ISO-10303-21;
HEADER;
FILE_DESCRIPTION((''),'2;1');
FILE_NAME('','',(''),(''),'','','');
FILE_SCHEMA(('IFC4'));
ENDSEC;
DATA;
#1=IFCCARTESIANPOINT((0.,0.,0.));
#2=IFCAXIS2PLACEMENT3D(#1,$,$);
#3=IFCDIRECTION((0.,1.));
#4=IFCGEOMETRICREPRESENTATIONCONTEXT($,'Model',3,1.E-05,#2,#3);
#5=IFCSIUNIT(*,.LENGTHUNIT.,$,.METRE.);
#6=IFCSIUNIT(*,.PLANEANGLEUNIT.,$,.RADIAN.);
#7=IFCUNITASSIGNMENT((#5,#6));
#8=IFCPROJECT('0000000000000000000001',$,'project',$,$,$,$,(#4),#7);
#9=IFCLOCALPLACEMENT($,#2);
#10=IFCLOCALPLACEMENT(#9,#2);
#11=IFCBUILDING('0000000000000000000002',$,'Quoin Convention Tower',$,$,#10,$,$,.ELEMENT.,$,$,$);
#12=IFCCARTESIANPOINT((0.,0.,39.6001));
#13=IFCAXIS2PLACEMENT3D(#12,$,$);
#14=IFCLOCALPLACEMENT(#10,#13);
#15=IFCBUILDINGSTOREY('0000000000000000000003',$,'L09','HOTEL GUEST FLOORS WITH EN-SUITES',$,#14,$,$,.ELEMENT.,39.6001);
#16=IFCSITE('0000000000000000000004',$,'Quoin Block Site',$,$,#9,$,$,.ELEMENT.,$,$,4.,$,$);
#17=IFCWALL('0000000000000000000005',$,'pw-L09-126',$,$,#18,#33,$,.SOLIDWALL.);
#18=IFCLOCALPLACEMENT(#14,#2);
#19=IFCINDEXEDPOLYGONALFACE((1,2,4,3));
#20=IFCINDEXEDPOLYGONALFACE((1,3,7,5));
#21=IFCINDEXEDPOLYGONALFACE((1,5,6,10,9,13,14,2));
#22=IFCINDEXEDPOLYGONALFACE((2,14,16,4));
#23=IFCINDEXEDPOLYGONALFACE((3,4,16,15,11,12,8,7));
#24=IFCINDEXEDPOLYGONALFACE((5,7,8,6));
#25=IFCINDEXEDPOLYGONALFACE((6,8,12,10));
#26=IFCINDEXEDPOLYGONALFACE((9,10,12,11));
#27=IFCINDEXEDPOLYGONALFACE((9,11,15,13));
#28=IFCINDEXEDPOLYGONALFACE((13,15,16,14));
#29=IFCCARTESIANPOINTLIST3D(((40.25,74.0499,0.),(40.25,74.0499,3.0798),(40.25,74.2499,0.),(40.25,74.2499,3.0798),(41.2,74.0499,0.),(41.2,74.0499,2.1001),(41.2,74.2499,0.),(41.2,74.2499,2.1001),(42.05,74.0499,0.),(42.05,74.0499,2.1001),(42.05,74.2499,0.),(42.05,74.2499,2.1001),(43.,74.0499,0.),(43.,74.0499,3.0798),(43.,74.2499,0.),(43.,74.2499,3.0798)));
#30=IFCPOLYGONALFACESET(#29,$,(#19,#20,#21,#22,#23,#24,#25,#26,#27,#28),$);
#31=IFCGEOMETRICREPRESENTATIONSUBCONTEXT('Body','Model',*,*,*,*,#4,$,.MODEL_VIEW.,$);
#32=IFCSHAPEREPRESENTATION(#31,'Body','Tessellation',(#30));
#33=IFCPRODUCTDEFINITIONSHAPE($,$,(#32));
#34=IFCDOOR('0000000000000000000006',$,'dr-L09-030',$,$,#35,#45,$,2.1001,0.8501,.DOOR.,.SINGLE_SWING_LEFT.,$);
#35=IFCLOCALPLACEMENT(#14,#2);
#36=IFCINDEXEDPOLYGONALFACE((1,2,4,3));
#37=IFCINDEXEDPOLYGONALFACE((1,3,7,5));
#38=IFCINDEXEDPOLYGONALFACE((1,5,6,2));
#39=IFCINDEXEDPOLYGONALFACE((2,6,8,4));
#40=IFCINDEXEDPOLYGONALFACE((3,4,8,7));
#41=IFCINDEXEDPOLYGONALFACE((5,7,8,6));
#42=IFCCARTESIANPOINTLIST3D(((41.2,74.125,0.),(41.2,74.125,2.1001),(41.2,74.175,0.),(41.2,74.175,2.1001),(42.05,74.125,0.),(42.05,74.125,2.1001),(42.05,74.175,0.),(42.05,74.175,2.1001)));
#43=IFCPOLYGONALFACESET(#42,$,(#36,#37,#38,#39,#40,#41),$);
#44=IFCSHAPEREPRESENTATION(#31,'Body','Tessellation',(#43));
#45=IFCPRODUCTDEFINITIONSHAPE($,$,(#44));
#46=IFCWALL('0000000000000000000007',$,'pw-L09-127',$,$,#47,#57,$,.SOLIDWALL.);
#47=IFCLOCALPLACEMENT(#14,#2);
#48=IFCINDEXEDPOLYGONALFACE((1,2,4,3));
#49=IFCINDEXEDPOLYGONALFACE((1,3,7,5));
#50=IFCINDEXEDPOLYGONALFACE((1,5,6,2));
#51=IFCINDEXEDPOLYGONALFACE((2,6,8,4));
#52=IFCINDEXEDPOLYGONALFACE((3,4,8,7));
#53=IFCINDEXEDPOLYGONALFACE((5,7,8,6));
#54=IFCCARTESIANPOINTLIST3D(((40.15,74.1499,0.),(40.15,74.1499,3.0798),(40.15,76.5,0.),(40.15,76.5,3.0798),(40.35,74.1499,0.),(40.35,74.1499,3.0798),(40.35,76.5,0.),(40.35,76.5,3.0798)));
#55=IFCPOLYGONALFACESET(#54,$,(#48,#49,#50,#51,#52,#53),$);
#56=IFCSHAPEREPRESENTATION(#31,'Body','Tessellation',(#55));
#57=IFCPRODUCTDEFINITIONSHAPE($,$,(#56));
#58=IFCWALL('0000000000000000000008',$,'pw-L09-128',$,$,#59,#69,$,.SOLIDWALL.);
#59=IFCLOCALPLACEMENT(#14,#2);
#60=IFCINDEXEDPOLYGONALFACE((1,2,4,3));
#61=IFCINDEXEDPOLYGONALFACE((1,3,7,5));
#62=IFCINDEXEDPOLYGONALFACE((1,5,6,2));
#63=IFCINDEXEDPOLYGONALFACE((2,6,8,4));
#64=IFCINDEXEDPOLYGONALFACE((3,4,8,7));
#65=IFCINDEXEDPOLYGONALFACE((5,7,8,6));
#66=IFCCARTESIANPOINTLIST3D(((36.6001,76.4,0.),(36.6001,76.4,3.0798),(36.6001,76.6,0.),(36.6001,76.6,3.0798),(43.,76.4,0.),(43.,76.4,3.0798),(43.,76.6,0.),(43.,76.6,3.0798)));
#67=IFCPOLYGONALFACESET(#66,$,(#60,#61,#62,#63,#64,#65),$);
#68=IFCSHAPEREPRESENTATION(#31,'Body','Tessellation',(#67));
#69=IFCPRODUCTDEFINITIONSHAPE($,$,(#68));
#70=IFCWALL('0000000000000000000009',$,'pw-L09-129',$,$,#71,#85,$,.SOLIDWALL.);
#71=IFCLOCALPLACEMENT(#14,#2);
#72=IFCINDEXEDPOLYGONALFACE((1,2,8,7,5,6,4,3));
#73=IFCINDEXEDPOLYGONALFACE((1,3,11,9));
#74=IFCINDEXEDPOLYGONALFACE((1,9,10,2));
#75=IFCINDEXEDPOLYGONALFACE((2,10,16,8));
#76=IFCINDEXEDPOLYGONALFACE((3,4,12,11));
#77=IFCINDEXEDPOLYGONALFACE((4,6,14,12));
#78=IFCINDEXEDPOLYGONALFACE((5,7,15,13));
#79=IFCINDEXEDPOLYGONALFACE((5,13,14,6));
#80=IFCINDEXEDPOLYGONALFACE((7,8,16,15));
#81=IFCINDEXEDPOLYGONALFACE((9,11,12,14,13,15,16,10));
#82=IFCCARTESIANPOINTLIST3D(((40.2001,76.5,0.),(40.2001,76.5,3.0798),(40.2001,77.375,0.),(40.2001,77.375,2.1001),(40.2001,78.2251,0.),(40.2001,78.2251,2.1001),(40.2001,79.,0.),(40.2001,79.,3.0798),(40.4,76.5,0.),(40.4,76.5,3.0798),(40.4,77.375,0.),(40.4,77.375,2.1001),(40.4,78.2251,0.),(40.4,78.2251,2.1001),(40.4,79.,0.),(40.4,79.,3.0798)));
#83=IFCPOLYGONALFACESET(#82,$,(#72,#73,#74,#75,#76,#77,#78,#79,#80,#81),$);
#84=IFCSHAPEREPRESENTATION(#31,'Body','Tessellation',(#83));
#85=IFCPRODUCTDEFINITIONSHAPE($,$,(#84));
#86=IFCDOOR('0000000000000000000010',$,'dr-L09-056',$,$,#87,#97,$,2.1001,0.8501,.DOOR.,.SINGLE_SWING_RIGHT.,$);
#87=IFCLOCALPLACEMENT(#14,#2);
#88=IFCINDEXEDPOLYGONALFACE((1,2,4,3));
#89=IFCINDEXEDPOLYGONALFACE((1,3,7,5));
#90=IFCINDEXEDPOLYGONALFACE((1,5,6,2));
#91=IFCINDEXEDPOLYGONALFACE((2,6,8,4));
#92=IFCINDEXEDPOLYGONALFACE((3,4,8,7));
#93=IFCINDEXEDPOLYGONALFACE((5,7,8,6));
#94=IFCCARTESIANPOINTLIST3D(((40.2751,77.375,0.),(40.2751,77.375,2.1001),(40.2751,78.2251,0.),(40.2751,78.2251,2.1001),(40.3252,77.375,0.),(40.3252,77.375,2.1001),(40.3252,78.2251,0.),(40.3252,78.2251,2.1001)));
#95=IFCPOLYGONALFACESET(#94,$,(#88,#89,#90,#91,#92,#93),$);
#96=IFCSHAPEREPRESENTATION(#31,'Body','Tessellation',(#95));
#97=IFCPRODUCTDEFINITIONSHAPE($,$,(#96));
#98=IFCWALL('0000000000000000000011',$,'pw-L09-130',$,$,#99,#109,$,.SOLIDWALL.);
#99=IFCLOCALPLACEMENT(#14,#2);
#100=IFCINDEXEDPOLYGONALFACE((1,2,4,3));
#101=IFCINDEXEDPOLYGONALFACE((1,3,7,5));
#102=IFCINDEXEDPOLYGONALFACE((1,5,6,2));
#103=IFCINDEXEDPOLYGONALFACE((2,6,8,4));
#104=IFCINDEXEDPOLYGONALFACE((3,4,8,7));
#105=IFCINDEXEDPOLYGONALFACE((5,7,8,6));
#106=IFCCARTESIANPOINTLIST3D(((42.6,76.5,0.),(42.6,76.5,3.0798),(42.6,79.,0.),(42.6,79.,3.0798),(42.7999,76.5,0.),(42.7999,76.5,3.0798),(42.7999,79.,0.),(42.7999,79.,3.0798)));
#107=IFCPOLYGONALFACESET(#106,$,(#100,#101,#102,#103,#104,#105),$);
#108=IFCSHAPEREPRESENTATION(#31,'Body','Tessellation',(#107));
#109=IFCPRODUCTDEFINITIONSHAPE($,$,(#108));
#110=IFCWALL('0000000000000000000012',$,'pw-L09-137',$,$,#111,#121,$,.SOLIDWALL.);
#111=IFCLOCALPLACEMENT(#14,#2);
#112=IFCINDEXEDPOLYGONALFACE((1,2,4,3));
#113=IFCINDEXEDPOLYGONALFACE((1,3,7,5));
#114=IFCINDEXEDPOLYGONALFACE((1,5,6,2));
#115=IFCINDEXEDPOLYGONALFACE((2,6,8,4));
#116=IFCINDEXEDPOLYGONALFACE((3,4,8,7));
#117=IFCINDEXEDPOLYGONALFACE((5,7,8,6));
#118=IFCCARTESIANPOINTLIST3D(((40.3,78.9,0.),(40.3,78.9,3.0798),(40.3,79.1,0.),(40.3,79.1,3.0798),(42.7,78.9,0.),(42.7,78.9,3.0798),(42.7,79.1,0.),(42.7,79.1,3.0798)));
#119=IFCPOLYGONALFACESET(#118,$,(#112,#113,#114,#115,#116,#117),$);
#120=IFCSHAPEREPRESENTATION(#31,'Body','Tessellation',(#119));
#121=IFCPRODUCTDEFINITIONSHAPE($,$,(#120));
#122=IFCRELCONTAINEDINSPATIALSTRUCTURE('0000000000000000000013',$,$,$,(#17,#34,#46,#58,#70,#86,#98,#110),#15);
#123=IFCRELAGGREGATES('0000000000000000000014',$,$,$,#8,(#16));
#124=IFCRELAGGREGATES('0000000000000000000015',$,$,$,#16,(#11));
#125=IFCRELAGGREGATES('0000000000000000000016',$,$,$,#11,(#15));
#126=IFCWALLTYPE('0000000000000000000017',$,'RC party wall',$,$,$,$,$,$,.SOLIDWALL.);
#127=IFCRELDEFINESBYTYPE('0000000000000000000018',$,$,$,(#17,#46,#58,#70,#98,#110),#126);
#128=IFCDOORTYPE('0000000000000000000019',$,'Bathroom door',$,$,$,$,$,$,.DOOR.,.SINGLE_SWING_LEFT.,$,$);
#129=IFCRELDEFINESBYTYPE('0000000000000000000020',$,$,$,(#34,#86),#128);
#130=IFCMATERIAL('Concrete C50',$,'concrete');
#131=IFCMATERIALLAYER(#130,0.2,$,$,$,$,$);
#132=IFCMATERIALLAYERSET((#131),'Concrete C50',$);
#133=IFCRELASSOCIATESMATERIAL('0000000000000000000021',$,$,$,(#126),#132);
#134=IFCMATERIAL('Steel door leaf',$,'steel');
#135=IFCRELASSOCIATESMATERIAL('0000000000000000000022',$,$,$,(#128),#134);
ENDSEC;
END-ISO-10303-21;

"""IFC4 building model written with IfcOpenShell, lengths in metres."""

from ifc_helpers import new_model, si_unit, direction, frame, frame_2d, origin, place, context, subcontext, project, spatial, rectangle, extrude, material, layer, layer_set, type_object, element, fill, save


model = new_model("IFC4")

# Units and contexts
model_context = context("Model", 3, precision=1e-05, world=origin(), true_north=direction((0.0, 1.0)))
body_context = subcontext(model_context, "Body", "Model", "MODEL_VIEW")
ifc_project = project(units=[si_unit("LENGTHUNIT", "METRE"), si_unit("PLANEANGLEUNIT", "RADIAN")], contexts=[model_context])

# Site, building, storey
site_placement = place(None, origin())
site = spatial("IfcSite", under=ifc_project, at=site_placement, Name="Quoin Block Site", CompositionType="ELEMENT", RefElevation=4.0)
building_placement = place(site_placement, origin())
building = spatial("IfcBuilding", under=site, at=building_placement, Name="Quoin Convention Tower", CompositionType="ELEMENT")
storey_placement = place(building_placement, frame((0.0, 0.0, 39.6001)))
storey = spatial("IfcBuildingStorey", under=building, at=storey_placement, Name="L09", Description="HOTEL GUEST FLOORS WITH EN-SUITES", CompositionType="ELEMENT", Elevation=39.6001)

# Wall, opening, door
ifc_material_1 = material(Name="Concrete C50", Category="concrete")
ifc_layer_1 = layer(ifc_material_1, 0.2)
ifc_layer_set_1 = layer_set([ifc_layer_1], Name="Concrete C50")
wall_type_1 = type_object("IfcWallType", Name="RC party wall", PredefinedType="SOLIDWALL", material=ifc_layer_set_1)
wall_1_placement = place(storey_placement, frame((40.25, 74.1499, 0.0), z_axis=(0.0, 0.0, 1.0), x_axis=(1.0, 0.0, 0.0)))
wall_1 = element("IfcWall", 1, at=wall_1_placement, inside=storey, type_object=wall_type_1, Name="pw-L09-126", PredefinedType="SOLIDWALL", context=body_context, shape_type="SweptSolid", body=[
    extrude(rectangle(XDim=2.75, YDim=0.2, at=frame_2d((1.375, 0.0))), origin(), (0.0, 0.0, 1.0), 3.0798),
])
opening_1_placement = place(wall_1_placement, frame((0.95, 0.0, 0.0)))
opening_1 = element("IfcOpeningElement", 2, at=opening_1_placement, cuts=wall_1, PredefinedType="OPENING", context=body_context, shape_type="SweptSolid", body=[
    extrude(rectangle(XDim=0.8501, YDim=2.1001, at=frame_2d((0.425, 1.05))), frame((0.0, 0.1099, 0.0), z_axis=(0.0, -1.0, 0.0), x_axis=(1.0, 0.0, 0.0)), (0.0, 0.0, 1.0), 0.22),
])
ifc_material_2 = material(Name="Steel door leaf", Category="steel")
door_type = type_object("IfcDoorType", Name="Bathroom door", OperationType="SINGLE_SWING_LEFT", PredefinedType="DOOR", material=ifc_material_2)
door_1_placement = place(opening_1_placement, frame((0.8501, 0.0, 0.0), z_axis=(0.0, 0.0, 1.0), x_axis=(-1.0, 0.0, 0.0)))
door_1 = element("IfcDoor", 3, at=door_1_placement, inside=storey, type_object=door_type, Name="dr-L09-030", OperationType="SINGLE_SWING_LEFT", OverallHeight=2.1001, OverallWidth=0.8501, PredefinedType="DOOR", context=body_context, shape_type="SweptSolid", body=[
    extrude(rectangle(XDim=0.8501, YDim=2.1001, at=frame_2d((0.425, 1.05))), frame((0.0, 0.0249, 0.0), z_axis=(0.0, -1.0, 0.0), x_axis=(1.0, 0.0, 0.0)), (0.0, 0.0, 1.0), 0.05),
])
fill(opening_1, door_1)

# Walls
wall_2_placement = place(storey_placement, frame((40.25, 74.1499, 0.0), z_axis=(0.0, 0.0, 1.0), x_axis=(0.0, 1.0, 0.0)))
element("IfcWall", 4, at=wall_2_placement, inside=storey, type_object=wall_type_1, Name="pw-L09-127", PredefinedType="SOLIDWALL", context=body_context, shape_type="SweptSolid", body=[
    extrude(rectangle(XDim=2.3501, YDim=0.2, at=frame_2d((1.175, 0.0))), origin(), (0.0, 0.0, 1.0), 3.0798),
])
wall_3_placement = place(storey_placement, frame((36.6001, 76.5, 0.0), z_axis=(0.0, 0.0, 1.0), x_axis=(1.0, 0.0, 0.0)))
element("IfcWall", 5, at=wall_3_placement, inside=storey, type_object=wall_type_1, Name="pw-L09-128", PredefinedType="SOLIDWALL", context=body_context, shape_type="SweptSolid", body=[
    extrude(rectangle(XDim=6.3999, YDim=0.2, at=frame_2d((3.2, 0.0))), origin(), (0.0, 0.0, 1.0), 3.0798),
])

# Wall, opening, door
wall_4_placement = place(storey_placement, frame((40.3, 76.5, 0.0), z_axis=(0.0, 0.0, 1.0), x_axis=(0.0, 1.0, 0.0)))
wall_4 = element("IfcWall", 6, at=wall_4_placement, inside=storey, type_object=wall_type_1, Name="pw-L09-129", PredefinedType="SOLIDWALL", context=body_context, shape_type="SweptSolid", body=[
    extrude(rectangle(XDim=2.5, YDim=0.2, at=frame_2d((1.25, 0.0))), origin(), (0.0, 0.0, 1.0), 3.0798),
])
opening_2_placement = place(wall_4_placement, frame((0.875, 0.0, 0.0)))
opening_2 = element("IfcOpeningElement", 7, at=opening_2_placement, cuts=wall_4, PredefinedType="OPENING", context=body_context, shape_type="SweptSolid", body=[
    extrude(rectangle(XDim=0.8501, YDim=2.1001, at=frame_2d((0.425, 1.05))), frame((0.0, 0.1099, 0.0), z_axis=(0.0, -1.0, 0.0), x_axis=(1.0, 0.0, 0.0)), (0.0, 0.0, 1.0), 0.22),
])
door_2_placement = place(opening_2_placement, origin())
door_2 = element("IfcDoor", 8, at=door_2_placement, inside=storey, type_object=door_type, Name="dr-L09-056", OperationType="SINGLE_SWING_RIGHT", OverallHeight=2.1001, OverallWidth=0.8501, PredefinedType="DOOR", context=body_context, shape_type="SweptSolid", body=[
    extrude(rectangle(XDim=0.8501, YDim=2.1001, at=frame_2d((0.425, 1.05))), frame((0.0, 0.0249, 0.0), z_axis=(0.0, -1.0, 0.0), x_axis=(1.0, 0.0, 0.0)), (0.0, 0.0, 1.0), 0.05),
])
fill(opening_2, door_2)

# Walls
wall_5_placement = place(storey_placement, frame((42.7, 76.5, 0.0), z_axis=(0.0, 0.0, 1.0), x_axis=(0.0, 1.0, 0.0)))
element("IfcWall", 9, at=wall_5_placement, inside=storey, type_object=wall_type_1, Name="pw-L09-130", PredefinedType="SOLIDWALL", context=body_context, shape_type="SweptSolid", body=[
    extrude(rectangle(XDim=2.5, YDim=0.2, at=frame_2d((1.25, 0.0))), origin(), (0.0, 0.0, 1.0), 3.0798),
])
wall_6_placement = place(storey_placement, frame((40.3, 79.0, 0.0), z_axis=(0.0, 0.0, 1.0), x_axis=(1.0, 0.0, 0.0)))
element("IfcWall", 10, at=wall_6_placement, inside=storey, type_object=wall_type_1, Name="pw-L09-137", PredefinedType="SOLIDWALL", context=body_context, shape_type="SweptSolid", body=[
    extrude(rectangle(XDim=2.3999, YDim=0.2, at=frame_2d((1.2, 0.0))), origin(), (0.0, 0.0, 1.0), 3.0798),
])

save(model, "model.ifc")
